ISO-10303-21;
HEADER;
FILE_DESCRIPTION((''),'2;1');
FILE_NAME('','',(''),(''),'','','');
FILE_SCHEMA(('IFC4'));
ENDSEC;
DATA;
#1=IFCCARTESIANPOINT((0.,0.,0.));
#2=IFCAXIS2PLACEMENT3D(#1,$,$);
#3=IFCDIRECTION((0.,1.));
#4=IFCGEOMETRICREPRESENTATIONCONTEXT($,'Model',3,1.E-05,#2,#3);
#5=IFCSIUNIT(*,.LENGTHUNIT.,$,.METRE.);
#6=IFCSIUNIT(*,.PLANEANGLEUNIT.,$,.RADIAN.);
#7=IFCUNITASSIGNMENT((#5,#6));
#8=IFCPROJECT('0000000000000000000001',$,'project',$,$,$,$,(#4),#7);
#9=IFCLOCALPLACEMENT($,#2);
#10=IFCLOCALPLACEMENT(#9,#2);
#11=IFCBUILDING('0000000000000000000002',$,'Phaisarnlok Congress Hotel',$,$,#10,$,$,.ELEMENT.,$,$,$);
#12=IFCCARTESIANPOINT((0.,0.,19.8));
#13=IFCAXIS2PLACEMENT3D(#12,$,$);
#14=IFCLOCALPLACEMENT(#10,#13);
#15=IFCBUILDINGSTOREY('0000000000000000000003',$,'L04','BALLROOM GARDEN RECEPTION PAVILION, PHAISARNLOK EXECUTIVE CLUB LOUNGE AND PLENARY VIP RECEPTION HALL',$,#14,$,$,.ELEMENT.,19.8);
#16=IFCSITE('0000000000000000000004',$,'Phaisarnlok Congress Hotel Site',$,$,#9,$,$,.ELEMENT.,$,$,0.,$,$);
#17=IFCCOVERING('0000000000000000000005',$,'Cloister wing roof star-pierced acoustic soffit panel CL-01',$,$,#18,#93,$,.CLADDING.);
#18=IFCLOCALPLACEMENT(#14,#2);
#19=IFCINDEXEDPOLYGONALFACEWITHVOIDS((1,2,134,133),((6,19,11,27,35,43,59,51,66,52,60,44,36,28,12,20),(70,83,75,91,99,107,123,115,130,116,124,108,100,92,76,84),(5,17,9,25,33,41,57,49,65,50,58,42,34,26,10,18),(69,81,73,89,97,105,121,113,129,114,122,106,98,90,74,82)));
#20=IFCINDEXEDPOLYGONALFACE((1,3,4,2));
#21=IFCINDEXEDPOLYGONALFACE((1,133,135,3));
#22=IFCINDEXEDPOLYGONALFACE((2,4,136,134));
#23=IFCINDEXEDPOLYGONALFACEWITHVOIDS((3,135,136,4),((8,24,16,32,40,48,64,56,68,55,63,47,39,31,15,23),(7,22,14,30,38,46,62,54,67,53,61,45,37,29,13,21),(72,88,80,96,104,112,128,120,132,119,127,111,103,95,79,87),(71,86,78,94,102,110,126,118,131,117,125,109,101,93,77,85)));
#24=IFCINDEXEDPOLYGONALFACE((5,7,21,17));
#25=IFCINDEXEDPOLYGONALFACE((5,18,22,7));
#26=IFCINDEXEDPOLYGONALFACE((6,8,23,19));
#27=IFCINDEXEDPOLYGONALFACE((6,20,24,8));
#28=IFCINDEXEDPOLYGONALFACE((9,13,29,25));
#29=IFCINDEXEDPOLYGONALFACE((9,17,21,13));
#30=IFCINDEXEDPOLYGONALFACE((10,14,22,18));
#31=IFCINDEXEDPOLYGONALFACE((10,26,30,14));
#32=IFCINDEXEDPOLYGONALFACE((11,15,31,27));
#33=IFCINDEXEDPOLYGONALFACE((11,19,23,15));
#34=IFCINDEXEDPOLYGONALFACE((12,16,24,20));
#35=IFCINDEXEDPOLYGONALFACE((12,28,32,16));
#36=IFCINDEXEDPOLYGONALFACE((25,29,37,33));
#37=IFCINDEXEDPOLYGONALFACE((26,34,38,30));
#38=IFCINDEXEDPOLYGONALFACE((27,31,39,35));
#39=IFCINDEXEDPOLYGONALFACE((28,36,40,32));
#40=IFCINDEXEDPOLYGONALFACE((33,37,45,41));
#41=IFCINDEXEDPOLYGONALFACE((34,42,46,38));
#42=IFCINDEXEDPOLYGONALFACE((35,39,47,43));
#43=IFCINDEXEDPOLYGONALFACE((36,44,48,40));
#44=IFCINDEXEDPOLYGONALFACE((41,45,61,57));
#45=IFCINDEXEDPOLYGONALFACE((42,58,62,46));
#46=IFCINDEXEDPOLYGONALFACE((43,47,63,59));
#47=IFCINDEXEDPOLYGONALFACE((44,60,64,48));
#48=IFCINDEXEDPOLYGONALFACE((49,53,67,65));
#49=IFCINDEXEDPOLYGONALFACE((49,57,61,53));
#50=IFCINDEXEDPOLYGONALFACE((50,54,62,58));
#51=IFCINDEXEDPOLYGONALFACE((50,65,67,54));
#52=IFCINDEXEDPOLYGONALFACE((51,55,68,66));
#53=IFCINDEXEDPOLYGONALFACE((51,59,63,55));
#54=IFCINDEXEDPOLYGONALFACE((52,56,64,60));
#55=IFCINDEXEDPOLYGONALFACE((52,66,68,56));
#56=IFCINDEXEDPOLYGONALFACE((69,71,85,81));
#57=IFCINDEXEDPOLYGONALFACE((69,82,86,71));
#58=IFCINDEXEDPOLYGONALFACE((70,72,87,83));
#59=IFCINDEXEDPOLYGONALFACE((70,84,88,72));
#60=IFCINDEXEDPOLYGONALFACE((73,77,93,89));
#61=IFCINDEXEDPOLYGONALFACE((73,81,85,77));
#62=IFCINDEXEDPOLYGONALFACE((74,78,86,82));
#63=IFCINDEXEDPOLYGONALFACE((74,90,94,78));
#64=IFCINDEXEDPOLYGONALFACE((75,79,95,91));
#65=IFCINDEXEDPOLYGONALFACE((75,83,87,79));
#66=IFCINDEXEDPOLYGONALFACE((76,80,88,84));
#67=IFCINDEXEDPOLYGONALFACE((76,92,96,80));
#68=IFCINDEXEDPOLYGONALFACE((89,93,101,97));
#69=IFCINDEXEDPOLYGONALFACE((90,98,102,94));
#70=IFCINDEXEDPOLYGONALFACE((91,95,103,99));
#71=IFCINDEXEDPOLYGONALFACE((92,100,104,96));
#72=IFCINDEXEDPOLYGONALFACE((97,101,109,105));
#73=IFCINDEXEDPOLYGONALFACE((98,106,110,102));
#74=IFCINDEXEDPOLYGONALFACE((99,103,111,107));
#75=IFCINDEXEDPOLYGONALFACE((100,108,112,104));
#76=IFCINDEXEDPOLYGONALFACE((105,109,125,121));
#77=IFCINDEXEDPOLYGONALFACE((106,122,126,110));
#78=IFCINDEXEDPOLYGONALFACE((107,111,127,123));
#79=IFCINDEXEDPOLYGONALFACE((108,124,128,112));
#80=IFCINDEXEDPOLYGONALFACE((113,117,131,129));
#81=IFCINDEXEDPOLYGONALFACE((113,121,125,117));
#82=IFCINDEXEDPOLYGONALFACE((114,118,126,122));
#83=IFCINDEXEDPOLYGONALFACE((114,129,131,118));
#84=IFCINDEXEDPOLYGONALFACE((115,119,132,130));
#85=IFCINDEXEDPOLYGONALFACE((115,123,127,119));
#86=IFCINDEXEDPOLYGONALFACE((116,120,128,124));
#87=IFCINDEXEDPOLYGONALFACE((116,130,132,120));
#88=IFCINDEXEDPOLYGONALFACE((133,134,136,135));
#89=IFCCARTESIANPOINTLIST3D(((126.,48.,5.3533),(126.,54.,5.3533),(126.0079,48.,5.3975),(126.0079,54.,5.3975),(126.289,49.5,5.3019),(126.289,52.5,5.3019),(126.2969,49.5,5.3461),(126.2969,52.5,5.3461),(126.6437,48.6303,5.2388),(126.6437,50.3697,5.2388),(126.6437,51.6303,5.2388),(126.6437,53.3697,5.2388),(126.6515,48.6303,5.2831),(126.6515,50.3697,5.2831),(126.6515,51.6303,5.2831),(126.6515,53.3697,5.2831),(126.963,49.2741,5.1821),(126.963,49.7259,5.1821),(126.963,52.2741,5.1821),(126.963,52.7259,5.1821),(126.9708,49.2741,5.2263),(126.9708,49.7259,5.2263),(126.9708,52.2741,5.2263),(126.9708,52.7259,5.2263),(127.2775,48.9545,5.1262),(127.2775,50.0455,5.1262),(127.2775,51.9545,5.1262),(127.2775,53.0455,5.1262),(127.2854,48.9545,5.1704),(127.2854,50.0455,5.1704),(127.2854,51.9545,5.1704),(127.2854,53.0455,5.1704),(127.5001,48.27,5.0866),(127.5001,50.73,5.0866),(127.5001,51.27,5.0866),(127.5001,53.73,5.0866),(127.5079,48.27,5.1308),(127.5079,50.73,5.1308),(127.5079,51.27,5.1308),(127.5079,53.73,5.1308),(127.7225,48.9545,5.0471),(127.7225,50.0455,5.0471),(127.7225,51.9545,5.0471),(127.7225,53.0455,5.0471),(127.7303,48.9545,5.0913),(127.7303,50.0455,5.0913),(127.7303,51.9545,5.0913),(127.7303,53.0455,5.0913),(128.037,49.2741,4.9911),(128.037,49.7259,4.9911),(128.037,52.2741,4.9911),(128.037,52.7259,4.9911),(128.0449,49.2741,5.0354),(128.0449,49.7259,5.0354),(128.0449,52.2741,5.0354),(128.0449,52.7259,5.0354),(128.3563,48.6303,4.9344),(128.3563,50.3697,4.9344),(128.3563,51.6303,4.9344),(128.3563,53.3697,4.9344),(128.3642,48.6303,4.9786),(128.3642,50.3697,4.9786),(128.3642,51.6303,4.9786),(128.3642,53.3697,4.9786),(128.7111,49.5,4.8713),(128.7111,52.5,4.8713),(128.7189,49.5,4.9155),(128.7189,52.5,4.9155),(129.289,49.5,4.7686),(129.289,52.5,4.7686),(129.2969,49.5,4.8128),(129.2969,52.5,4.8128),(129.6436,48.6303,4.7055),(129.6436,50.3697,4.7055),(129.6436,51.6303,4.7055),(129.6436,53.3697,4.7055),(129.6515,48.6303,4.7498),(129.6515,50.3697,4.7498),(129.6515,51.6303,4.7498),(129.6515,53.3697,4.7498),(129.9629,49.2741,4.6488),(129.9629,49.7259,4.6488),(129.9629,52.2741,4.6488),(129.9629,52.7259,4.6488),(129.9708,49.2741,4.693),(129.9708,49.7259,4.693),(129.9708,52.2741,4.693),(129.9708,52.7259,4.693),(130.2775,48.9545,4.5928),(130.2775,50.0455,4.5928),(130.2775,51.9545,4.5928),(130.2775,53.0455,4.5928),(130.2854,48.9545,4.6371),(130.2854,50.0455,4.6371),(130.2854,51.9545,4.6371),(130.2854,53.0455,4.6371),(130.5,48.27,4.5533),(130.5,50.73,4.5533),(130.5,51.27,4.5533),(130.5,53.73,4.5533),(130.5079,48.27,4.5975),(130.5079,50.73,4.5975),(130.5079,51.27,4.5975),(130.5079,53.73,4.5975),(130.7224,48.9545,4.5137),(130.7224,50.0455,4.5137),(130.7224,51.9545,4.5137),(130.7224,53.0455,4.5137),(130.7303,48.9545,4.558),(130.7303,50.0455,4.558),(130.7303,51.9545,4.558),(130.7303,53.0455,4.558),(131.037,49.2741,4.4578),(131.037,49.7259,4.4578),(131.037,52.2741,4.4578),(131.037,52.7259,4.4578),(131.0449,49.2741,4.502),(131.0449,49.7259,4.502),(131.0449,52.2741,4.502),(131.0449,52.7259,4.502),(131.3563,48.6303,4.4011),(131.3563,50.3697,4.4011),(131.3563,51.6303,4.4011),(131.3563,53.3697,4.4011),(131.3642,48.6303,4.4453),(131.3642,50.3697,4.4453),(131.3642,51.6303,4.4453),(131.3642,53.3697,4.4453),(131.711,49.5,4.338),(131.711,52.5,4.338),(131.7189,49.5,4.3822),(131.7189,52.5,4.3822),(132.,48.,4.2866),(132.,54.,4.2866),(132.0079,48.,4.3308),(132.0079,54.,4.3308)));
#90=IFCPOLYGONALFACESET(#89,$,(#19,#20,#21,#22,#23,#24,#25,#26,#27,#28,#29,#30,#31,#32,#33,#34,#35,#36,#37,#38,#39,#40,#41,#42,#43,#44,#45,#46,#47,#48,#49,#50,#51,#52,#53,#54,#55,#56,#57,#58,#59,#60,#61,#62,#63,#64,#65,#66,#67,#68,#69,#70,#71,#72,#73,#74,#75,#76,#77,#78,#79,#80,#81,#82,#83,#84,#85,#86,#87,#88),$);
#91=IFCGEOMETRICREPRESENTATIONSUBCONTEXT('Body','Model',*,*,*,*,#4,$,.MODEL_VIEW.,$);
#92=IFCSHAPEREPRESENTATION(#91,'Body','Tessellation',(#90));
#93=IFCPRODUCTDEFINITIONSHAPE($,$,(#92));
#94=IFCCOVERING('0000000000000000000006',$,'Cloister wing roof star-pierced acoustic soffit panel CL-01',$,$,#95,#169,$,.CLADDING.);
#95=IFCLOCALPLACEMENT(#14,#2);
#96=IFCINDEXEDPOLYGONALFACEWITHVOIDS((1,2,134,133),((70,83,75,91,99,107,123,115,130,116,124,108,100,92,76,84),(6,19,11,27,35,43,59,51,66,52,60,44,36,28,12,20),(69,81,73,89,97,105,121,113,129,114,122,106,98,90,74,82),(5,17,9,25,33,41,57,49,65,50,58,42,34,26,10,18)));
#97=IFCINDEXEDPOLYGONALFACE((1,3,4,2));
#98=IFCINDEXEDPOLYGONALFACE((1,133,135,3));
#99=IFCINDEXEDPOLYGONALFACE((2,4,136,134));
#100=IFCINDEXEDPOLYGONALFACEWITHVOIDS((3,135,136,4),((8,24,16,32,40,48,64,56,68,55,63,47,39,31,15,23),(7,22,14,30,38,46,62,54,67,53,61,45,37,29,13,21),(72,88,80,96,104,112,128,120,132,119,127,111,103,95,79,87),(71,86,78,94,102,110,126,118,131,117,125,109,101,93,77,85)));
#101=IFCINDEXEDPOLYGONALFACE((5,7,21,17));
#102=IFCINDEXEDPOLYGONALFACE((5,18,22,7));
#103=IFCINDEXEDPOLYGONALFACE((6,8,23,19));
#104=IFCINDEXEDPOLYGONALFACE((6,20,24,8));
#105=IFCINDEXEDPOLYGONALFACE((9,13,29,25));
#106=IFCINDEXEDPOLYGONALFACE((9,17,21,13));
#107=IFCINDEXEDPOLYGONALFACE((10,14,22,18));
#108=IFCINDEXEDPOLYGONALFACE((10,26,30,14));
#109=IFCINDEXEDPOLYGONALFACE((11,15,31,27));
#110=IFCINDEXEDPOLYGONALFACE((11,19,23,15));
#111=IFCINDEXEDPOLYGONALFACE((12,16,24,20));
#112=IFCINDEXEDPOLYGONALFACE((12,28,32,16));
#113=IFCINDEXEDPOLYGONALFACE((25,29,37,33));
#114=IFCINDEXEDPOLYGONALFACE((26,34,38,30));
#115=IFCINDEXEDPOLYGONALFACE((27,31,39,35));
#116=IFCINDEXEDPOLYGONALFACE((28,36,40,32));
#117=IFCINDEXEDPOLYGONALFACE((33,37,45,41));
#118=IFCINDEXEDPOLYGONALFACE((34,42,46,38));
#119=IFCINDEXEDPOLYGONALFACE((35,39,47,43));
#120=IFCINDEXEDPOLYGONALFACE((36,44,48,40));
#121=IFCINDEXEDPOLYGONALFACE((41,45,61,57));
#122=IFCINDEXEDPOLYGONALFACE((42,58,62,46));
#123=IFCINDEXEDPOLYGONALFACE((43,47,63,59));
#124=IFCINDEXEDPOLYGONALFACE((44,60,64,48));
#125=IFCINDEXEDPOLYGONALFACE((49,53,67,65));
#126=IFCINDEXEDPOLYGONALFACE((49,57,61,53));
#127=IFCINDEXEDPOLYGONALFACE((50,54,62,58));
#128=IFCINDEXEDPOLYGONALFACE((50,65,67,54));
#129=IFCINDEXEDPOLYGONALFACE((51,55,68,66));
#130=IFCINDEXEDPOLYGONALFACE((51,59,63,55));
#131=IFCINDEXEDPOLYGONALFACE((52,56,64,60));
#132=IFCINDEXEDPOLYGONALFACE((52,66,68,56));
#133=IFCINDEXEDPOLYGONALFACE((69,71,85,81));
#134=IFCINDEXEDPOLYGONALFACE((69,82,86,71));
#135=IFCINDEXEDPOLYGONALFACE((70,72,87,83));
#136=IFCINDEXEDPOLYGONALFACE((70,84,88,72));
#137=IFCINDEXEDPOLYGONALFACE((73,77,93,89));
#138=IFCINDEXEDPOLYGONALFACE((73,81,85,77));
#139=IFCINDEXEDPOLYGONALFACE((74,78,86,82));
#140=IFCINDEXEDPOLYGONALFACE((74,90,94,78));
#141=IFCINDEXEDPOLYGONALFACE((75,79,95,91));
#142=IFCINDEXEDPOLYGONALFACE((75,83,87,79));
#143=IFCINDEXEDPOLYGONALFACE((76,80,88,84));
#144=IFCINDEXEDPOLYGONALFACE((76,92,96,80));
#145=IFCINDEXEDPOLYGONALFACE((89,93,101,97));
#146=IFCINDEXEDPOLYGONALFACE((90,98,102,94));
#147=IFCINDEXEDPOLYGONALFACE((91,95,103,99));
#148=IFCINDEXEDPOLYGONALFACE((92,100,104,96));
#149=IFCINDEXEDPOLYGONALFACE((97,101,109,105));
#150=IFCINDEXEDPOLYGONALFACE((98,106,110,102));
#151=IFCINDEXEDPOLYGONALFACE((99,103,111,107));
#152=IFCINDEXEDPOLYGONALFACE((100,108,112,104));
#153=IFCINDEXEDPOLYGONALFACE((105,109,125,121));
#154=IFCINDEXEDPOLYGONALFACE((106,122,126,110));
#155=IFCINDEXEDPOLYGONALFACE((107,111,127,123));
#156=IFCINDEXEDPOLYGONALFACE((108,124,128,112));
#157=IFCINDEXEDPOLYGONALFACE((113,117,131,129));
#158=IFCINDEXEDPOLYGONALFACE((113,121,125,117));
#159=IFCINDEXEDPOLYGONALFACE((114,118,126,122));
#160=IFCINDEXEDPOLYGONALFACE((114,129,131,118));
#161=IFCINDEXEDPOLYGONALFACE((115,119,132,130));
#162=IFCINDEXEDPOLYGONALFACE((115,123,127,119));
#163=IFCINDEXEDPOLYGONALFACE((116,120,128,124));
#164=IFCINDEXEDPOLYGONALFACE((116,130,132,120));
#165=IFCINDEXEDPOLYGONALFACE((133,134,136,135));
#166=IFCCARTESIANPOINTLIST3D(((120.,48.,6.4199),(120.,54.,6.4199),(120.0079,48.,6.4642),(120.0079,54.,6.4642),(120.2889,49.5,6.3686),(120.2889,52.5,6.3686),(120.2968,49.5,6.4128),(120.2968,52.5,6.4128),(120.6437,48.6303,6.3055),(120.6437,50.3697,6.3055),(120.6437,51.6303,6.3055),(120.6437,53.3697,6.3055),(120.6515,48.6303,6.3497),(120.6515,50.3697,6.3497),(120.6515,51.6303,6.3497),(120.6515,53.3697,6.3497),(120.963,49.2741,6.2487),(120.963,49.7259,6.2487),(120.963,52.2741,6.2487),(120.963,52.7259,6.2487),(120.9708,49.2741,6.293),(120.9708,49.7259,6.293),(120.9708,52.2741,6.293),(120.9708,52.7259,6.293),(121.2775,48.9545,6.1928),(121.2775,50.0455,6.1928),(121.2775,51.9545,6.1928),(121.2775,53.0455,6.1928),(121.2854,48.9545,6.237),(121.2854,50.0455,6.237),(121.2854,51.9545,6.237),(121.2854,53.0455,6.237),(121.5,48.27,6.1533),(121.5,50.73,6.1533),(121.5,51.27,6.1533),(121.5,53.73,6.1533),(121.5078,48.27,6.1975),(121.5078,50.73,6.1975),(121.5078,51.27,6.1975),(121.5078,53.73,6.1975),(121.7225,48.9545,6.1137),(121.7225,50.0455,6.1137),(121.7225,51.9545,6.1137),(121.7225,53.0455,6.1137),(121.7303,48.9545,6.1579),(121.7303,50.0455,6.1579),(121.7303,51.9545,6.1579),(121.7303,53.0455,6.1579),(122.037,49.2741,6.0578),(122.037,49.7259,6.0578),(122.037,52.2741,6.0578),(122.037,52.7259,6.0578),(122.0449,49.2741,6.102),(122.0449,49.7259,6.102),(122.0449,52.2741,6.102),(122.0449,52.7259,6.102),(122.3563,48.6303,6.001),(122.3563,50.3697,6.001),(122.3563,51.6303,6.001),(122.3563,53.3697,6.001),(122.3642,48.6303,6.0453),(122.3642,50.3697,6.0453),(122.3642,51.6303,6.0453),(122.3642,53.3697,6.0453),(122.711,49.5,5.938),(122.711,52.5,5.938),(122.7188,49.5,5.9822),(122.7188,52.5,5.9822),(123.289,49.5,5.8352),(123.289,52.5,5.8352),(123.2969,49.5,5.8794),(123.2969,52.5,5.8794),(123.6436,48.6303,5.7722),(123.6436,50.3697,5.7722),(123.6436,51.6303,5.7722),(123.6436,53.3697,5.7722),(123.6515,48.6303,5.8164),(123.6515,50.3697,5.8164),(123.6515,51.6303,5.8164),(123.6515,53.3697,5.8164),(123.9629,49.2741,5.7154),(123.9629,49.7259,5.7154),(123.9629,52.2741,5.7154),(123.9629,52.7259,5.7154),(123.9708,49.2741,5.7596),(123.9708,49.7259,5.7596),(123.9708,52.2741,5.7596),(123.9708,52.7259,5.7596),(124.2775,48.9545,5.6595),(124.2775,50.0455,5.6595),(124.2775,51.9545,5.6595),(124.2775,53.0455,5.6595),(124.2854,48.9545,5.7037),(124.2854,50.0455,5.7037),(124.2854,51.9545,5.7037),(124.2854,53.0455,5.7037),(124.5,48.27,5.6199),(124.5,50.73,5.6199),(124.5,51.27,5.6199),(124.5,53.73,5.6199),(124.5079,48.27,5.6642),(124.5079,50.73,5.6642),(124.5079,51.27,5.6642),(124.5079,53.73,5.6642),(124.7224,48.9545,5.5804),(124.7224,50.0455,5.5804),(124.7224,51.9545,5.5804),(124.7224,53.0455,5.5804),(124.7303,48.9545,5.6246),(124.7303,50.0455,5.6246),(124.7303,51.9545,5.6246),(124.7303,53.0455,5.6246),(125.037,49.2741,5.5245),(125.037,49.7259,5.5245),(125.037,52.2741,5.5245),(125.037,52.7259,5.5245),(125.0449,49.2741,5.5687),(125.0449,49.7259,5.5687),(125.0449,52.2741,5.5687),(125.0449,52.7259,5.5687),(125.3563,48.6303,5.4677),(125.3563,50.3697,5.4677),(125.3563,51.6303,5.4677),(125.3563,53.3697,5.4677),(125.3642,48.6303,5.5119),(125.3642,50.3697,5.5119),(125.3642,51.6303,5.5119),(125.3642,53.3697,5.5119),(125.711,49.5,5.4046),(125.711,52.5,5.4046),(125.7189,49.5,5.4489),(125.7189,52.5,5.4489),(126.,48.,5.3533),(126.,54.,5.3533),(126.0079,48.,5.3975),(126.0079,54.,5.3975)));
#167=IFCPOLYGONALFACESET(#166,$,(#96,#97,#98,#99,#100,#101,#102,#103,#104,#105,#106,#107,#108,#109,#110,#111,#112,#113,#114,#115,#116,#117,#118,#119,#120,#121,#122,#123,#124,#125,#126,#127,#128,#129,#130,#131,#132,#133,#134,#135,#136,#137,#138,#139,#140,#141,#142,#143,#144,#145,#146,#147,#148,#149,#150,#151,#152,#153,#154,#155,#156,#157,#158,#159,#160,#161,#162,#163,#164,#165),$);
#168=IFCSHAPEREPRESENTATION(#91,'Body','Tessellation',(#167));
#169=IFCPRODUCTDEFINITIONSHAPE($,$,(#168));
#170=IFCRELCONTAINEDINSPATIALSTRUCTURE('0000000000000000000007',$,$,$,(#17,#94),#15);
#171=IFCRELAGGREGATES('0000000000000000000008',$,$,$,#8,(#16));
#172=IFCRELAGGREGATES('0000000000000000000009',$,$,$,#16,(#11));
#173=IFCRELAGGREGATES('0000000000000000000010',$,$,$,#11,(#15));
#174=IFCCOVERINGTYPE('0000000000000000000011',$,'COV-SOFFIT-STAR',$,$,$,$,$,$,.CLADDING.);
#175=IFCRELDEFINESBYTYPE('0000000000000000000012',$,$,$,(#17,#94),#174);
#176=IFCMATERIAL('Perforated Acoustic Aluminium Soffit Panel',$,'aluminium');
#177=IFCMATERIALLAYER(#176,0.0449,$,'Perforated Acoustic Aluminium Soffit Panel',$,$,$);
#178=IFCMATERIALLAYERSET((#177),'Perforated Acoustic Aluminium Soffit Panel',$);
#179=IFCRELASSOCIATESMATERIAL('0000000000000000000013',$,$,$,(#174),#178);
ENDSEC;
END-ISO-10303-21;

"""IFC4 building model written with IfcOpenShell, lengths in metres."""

from ifc_helpers import new_model, si_unit, direction, frame, origin, place, context, subcontext, project, spatial, polyline, outline, extrude, material, layer, layer_set, type_object, element, save


model = new_model("IFC4")

# Units and contexts
model_context = context("Model", 3, precision=1e-05, world=origin(), true_north=direction((0.0, 1.0)))
body_context = subcontext(model_context, "Body", "Model", "MODEL_VIEW")
ifc_project = project(units=[si_unit("LENGTHUNIT", "METRE"), si_unit("PLANEANGLEUNIT", "RADIAN")], contexts=[model_context])

# Site, building, storey
site_placement = place(None, origin())
site = spatial("IfcSite", under=ifc_project, at=site_placement, Name="Phaisarnlok Congress Hotel Site", CompositionType="ELEMENT", RefElevation=0.0)
building_placement = place(site_placement, origin())
building = spatial("IfcBuilding", under=site, at=building_placement, Name="Phaisarnlok Congress Hotel", CompositionType="ELEMENT")
storey_placement = place(building_placement, frame((0.0, 0.0, 19.8)))
storey = spatial("IfcBuildingStorey", under=building, at=storey_placement, Name="L04", Description="BALLROOM GARDEN RECEPTION PAVILION, PHAISARNLOK EXECUTIVE CLUB LOUNGE AND PLENARY VIP RECEPTION HALL", CompositionType="ELEMENT", Elevation=19.8)

# Coverings
ifc_material_1 = material(Name="Perforated Acoustic Aluminium Soffit Panel", Category="aluminium")
ifc_layer_1 = layer(ifc_material_1, 0.0449, Name="Perforated Acoustic Aluminium Soffit Panel")
ifc_layer_set_1 = layer_set([ifc_layer_1], Name="Perforated Acoustic Aluminium Soffit Panel")
covering_type = type_object("IfcCoveringType", Name="COV-SOFFIT-STAR", PredefinedType="CLADDING", material=ifc_layer_set_1)
covering_1_placement = place(storey_placement, frame((132.0, 48.0, 4.2866), z_axis=(0.175031, 0.0, 0.984563), x_axis=(0.0, 1.0, 0.0)))
element("IfcCovering", 1, at=covering_1_placement, inside=storey, type_object=covering_type, Name="Cloister wing roof star-pierced acoustic soffit panel CL-01", PredefinedType="CLADDING", context=body_context, shape_type="SweptSolid", body=[
    extrude(outline(polyline([(0.0, 0.0), (6.0, 0.0), (6.0, 6.0941), (0.0, 6.0941), (0.0, 0.0)]), holes=[polyline([(2.0455, 1.2976), (2.3697, 0.6538), (1.7259, 0.9781), (1.5, 0.2935), (1.2741, 0.9781), (0.6303, 0.6538), (0.9545, 1.2976), (0.27, 1.5235), (0.9545, 1.7495), (0.6303, 2.3933), (1.2741, 2.069), (1.5, 2.7535), (1.7259, 2.069), (2.3697, 2.3933), (2.0455, 1.7495), (2.73, 1.5235), (2.0455, 1.2976)]), polyline([(2.0455, 4.3446), (2.3697, 3.7008), (1.7259, 4.0251), (1.5, 3.3405), (1.2741, 4.0251), (0.6303, 3.7008), (0.9545, 4.3446), (0.27, 4.5705), (0.9545, 4.7965), (0.6303, 5.4403), (1.2741, 5.116), (1.5, 5.8005), (1.7259, 5.116), (2.3697, 5.4403), (2.0455, 4.7965), (2.73, 4.5705), (2.0455, 4.3446)]), polyline([(5.0455, 1.2976), (5.3697, 0.6538), (4.7259, 0.9781), (4.5, 0.2935), (4.2741, 0.9781), (3.6303, 0.6538), (3.9545, 1.2976), (3.27, 1.5235), (3.9545, 1.7495), (3.6303, 2.3933), (4.2741, 2.069), (4.5, 2.7535), (4.7259, 2.069), (5.3697, 2.3933), (5.0455, 1.7495), (5.73, 1.5235), (5.0455, 1.2976)]), polyline([(5.0455, 4.3446), (5.3697, 3.7008), (4.7259, 4.0251), (4.5, 3.3405), (4.2741, 4.0251), (3.6303, 3.7008), (3.9545, 4.3446), (3.27, 4.5705), (3.9545, 4.7965), (3.6303, 5.4403), (4.2741, 5.116), (4.5, 5.8005), (4.7259, 5.116), (5.3697, 5.4403), (5.0455, 4.7965), (5.73, 4.5705), (5.0455, 4.3446)])]), origin(), (0.0, 0.0, 1.0), 0.0449),
])
covering_2_placement = place(storey_placement, frame((126.0, 48.0, 5.3533), z_axis=(0.175031, 0.0, 0.984563), x_axis=(0.0, 1.0, 0.0)))
element("IfcCovering", 2, at=covering_2_placement, inside=storey, type_object=covering_type, Name="Cloister wing roof star-pierced acoustic soffit panel CL-01", PredefinedType="CLADDING", context=body_context, shape_type="SweptSolid", body=[
    extrude(outline(polyline([(0.0, 0.0), (6.0, 0.0), (6.0, 6.0941), (0.0, 6.0941), (0.0, 0.0)]), holes=[polyline([(2.0455, 1.2976), (2.3697, 0.6538), (1.7259, 0.9781), (1.5, 0.2935), (1.2741, 0.9781), (0.6303, 0.6538), (0.9545, 1.2976), (0.27, 1.5235), (0.9545, 1.7495), (0.6303, 2.3933), (1.2741, 2.069), (1.5, 2.7535), (1.7259, 2.069), (2.3697, 2.3933), (2.0455, 1.7495), (2.73, 1.5235), (2.0455, 1.2976)]), polyline([(2.0455, 4.3446), (2.3697, 3.7008), (1.7259, 4.0251), (1.5, 3.3406), (1.2741, 4.0251), (0.6303, 3.7008), (0.9545, 4.3446), (0.27, 4.5706), (0.9545, 4.7965), (0.6303, 5.4403), (1.2741, 5.116), (1.5, 5.8006), (1.7259, 5.116), (2.3697, 5.4403), (2.0455, 4.7965), (2.73, 4.5706), (2.0455, 4.3446)]), polyline([(5.0455, 1.2976), (5.3697, 0.6538), (4.7259, 0.9781), (4.5, 0.2935), (4.2741, 0.9781), (3.6303, 0.6538), (3.9545, 1.2976), (3.27, 1.5235), (3.9545, 1.7495), (3.6303, 2.3933), (4.2741, 2.069), (4.5, 2.7535), (4.7259, 2.069), (5.3697, 2.3933), (5.0455, 1.7495), (5.73, 1.5235), (5.0455, 1.2976)]), polyline([(5.0455, 4.3446), (5.3697, 3.7008), (4.7259, 4.0251), (4.5, 3.3406), (4.2741, 4.0251), (3.6303, 3.7008), (3.9545, 4.3446), (3.27, 4.5706), (3.9545, 4.7965), (3.6303, 5.4403), (4.2741, 5.116), (4.5, 5.8006), (4.7259, 5.116), (5.3697, 5.4403), (5.0455, 4.7965), (5.73, 4.5706), (5.0455, 4.3446)])]), origin(), (0.0, 0.0, 1.0), 0.0449),
])

save(model, "model.ifc")
